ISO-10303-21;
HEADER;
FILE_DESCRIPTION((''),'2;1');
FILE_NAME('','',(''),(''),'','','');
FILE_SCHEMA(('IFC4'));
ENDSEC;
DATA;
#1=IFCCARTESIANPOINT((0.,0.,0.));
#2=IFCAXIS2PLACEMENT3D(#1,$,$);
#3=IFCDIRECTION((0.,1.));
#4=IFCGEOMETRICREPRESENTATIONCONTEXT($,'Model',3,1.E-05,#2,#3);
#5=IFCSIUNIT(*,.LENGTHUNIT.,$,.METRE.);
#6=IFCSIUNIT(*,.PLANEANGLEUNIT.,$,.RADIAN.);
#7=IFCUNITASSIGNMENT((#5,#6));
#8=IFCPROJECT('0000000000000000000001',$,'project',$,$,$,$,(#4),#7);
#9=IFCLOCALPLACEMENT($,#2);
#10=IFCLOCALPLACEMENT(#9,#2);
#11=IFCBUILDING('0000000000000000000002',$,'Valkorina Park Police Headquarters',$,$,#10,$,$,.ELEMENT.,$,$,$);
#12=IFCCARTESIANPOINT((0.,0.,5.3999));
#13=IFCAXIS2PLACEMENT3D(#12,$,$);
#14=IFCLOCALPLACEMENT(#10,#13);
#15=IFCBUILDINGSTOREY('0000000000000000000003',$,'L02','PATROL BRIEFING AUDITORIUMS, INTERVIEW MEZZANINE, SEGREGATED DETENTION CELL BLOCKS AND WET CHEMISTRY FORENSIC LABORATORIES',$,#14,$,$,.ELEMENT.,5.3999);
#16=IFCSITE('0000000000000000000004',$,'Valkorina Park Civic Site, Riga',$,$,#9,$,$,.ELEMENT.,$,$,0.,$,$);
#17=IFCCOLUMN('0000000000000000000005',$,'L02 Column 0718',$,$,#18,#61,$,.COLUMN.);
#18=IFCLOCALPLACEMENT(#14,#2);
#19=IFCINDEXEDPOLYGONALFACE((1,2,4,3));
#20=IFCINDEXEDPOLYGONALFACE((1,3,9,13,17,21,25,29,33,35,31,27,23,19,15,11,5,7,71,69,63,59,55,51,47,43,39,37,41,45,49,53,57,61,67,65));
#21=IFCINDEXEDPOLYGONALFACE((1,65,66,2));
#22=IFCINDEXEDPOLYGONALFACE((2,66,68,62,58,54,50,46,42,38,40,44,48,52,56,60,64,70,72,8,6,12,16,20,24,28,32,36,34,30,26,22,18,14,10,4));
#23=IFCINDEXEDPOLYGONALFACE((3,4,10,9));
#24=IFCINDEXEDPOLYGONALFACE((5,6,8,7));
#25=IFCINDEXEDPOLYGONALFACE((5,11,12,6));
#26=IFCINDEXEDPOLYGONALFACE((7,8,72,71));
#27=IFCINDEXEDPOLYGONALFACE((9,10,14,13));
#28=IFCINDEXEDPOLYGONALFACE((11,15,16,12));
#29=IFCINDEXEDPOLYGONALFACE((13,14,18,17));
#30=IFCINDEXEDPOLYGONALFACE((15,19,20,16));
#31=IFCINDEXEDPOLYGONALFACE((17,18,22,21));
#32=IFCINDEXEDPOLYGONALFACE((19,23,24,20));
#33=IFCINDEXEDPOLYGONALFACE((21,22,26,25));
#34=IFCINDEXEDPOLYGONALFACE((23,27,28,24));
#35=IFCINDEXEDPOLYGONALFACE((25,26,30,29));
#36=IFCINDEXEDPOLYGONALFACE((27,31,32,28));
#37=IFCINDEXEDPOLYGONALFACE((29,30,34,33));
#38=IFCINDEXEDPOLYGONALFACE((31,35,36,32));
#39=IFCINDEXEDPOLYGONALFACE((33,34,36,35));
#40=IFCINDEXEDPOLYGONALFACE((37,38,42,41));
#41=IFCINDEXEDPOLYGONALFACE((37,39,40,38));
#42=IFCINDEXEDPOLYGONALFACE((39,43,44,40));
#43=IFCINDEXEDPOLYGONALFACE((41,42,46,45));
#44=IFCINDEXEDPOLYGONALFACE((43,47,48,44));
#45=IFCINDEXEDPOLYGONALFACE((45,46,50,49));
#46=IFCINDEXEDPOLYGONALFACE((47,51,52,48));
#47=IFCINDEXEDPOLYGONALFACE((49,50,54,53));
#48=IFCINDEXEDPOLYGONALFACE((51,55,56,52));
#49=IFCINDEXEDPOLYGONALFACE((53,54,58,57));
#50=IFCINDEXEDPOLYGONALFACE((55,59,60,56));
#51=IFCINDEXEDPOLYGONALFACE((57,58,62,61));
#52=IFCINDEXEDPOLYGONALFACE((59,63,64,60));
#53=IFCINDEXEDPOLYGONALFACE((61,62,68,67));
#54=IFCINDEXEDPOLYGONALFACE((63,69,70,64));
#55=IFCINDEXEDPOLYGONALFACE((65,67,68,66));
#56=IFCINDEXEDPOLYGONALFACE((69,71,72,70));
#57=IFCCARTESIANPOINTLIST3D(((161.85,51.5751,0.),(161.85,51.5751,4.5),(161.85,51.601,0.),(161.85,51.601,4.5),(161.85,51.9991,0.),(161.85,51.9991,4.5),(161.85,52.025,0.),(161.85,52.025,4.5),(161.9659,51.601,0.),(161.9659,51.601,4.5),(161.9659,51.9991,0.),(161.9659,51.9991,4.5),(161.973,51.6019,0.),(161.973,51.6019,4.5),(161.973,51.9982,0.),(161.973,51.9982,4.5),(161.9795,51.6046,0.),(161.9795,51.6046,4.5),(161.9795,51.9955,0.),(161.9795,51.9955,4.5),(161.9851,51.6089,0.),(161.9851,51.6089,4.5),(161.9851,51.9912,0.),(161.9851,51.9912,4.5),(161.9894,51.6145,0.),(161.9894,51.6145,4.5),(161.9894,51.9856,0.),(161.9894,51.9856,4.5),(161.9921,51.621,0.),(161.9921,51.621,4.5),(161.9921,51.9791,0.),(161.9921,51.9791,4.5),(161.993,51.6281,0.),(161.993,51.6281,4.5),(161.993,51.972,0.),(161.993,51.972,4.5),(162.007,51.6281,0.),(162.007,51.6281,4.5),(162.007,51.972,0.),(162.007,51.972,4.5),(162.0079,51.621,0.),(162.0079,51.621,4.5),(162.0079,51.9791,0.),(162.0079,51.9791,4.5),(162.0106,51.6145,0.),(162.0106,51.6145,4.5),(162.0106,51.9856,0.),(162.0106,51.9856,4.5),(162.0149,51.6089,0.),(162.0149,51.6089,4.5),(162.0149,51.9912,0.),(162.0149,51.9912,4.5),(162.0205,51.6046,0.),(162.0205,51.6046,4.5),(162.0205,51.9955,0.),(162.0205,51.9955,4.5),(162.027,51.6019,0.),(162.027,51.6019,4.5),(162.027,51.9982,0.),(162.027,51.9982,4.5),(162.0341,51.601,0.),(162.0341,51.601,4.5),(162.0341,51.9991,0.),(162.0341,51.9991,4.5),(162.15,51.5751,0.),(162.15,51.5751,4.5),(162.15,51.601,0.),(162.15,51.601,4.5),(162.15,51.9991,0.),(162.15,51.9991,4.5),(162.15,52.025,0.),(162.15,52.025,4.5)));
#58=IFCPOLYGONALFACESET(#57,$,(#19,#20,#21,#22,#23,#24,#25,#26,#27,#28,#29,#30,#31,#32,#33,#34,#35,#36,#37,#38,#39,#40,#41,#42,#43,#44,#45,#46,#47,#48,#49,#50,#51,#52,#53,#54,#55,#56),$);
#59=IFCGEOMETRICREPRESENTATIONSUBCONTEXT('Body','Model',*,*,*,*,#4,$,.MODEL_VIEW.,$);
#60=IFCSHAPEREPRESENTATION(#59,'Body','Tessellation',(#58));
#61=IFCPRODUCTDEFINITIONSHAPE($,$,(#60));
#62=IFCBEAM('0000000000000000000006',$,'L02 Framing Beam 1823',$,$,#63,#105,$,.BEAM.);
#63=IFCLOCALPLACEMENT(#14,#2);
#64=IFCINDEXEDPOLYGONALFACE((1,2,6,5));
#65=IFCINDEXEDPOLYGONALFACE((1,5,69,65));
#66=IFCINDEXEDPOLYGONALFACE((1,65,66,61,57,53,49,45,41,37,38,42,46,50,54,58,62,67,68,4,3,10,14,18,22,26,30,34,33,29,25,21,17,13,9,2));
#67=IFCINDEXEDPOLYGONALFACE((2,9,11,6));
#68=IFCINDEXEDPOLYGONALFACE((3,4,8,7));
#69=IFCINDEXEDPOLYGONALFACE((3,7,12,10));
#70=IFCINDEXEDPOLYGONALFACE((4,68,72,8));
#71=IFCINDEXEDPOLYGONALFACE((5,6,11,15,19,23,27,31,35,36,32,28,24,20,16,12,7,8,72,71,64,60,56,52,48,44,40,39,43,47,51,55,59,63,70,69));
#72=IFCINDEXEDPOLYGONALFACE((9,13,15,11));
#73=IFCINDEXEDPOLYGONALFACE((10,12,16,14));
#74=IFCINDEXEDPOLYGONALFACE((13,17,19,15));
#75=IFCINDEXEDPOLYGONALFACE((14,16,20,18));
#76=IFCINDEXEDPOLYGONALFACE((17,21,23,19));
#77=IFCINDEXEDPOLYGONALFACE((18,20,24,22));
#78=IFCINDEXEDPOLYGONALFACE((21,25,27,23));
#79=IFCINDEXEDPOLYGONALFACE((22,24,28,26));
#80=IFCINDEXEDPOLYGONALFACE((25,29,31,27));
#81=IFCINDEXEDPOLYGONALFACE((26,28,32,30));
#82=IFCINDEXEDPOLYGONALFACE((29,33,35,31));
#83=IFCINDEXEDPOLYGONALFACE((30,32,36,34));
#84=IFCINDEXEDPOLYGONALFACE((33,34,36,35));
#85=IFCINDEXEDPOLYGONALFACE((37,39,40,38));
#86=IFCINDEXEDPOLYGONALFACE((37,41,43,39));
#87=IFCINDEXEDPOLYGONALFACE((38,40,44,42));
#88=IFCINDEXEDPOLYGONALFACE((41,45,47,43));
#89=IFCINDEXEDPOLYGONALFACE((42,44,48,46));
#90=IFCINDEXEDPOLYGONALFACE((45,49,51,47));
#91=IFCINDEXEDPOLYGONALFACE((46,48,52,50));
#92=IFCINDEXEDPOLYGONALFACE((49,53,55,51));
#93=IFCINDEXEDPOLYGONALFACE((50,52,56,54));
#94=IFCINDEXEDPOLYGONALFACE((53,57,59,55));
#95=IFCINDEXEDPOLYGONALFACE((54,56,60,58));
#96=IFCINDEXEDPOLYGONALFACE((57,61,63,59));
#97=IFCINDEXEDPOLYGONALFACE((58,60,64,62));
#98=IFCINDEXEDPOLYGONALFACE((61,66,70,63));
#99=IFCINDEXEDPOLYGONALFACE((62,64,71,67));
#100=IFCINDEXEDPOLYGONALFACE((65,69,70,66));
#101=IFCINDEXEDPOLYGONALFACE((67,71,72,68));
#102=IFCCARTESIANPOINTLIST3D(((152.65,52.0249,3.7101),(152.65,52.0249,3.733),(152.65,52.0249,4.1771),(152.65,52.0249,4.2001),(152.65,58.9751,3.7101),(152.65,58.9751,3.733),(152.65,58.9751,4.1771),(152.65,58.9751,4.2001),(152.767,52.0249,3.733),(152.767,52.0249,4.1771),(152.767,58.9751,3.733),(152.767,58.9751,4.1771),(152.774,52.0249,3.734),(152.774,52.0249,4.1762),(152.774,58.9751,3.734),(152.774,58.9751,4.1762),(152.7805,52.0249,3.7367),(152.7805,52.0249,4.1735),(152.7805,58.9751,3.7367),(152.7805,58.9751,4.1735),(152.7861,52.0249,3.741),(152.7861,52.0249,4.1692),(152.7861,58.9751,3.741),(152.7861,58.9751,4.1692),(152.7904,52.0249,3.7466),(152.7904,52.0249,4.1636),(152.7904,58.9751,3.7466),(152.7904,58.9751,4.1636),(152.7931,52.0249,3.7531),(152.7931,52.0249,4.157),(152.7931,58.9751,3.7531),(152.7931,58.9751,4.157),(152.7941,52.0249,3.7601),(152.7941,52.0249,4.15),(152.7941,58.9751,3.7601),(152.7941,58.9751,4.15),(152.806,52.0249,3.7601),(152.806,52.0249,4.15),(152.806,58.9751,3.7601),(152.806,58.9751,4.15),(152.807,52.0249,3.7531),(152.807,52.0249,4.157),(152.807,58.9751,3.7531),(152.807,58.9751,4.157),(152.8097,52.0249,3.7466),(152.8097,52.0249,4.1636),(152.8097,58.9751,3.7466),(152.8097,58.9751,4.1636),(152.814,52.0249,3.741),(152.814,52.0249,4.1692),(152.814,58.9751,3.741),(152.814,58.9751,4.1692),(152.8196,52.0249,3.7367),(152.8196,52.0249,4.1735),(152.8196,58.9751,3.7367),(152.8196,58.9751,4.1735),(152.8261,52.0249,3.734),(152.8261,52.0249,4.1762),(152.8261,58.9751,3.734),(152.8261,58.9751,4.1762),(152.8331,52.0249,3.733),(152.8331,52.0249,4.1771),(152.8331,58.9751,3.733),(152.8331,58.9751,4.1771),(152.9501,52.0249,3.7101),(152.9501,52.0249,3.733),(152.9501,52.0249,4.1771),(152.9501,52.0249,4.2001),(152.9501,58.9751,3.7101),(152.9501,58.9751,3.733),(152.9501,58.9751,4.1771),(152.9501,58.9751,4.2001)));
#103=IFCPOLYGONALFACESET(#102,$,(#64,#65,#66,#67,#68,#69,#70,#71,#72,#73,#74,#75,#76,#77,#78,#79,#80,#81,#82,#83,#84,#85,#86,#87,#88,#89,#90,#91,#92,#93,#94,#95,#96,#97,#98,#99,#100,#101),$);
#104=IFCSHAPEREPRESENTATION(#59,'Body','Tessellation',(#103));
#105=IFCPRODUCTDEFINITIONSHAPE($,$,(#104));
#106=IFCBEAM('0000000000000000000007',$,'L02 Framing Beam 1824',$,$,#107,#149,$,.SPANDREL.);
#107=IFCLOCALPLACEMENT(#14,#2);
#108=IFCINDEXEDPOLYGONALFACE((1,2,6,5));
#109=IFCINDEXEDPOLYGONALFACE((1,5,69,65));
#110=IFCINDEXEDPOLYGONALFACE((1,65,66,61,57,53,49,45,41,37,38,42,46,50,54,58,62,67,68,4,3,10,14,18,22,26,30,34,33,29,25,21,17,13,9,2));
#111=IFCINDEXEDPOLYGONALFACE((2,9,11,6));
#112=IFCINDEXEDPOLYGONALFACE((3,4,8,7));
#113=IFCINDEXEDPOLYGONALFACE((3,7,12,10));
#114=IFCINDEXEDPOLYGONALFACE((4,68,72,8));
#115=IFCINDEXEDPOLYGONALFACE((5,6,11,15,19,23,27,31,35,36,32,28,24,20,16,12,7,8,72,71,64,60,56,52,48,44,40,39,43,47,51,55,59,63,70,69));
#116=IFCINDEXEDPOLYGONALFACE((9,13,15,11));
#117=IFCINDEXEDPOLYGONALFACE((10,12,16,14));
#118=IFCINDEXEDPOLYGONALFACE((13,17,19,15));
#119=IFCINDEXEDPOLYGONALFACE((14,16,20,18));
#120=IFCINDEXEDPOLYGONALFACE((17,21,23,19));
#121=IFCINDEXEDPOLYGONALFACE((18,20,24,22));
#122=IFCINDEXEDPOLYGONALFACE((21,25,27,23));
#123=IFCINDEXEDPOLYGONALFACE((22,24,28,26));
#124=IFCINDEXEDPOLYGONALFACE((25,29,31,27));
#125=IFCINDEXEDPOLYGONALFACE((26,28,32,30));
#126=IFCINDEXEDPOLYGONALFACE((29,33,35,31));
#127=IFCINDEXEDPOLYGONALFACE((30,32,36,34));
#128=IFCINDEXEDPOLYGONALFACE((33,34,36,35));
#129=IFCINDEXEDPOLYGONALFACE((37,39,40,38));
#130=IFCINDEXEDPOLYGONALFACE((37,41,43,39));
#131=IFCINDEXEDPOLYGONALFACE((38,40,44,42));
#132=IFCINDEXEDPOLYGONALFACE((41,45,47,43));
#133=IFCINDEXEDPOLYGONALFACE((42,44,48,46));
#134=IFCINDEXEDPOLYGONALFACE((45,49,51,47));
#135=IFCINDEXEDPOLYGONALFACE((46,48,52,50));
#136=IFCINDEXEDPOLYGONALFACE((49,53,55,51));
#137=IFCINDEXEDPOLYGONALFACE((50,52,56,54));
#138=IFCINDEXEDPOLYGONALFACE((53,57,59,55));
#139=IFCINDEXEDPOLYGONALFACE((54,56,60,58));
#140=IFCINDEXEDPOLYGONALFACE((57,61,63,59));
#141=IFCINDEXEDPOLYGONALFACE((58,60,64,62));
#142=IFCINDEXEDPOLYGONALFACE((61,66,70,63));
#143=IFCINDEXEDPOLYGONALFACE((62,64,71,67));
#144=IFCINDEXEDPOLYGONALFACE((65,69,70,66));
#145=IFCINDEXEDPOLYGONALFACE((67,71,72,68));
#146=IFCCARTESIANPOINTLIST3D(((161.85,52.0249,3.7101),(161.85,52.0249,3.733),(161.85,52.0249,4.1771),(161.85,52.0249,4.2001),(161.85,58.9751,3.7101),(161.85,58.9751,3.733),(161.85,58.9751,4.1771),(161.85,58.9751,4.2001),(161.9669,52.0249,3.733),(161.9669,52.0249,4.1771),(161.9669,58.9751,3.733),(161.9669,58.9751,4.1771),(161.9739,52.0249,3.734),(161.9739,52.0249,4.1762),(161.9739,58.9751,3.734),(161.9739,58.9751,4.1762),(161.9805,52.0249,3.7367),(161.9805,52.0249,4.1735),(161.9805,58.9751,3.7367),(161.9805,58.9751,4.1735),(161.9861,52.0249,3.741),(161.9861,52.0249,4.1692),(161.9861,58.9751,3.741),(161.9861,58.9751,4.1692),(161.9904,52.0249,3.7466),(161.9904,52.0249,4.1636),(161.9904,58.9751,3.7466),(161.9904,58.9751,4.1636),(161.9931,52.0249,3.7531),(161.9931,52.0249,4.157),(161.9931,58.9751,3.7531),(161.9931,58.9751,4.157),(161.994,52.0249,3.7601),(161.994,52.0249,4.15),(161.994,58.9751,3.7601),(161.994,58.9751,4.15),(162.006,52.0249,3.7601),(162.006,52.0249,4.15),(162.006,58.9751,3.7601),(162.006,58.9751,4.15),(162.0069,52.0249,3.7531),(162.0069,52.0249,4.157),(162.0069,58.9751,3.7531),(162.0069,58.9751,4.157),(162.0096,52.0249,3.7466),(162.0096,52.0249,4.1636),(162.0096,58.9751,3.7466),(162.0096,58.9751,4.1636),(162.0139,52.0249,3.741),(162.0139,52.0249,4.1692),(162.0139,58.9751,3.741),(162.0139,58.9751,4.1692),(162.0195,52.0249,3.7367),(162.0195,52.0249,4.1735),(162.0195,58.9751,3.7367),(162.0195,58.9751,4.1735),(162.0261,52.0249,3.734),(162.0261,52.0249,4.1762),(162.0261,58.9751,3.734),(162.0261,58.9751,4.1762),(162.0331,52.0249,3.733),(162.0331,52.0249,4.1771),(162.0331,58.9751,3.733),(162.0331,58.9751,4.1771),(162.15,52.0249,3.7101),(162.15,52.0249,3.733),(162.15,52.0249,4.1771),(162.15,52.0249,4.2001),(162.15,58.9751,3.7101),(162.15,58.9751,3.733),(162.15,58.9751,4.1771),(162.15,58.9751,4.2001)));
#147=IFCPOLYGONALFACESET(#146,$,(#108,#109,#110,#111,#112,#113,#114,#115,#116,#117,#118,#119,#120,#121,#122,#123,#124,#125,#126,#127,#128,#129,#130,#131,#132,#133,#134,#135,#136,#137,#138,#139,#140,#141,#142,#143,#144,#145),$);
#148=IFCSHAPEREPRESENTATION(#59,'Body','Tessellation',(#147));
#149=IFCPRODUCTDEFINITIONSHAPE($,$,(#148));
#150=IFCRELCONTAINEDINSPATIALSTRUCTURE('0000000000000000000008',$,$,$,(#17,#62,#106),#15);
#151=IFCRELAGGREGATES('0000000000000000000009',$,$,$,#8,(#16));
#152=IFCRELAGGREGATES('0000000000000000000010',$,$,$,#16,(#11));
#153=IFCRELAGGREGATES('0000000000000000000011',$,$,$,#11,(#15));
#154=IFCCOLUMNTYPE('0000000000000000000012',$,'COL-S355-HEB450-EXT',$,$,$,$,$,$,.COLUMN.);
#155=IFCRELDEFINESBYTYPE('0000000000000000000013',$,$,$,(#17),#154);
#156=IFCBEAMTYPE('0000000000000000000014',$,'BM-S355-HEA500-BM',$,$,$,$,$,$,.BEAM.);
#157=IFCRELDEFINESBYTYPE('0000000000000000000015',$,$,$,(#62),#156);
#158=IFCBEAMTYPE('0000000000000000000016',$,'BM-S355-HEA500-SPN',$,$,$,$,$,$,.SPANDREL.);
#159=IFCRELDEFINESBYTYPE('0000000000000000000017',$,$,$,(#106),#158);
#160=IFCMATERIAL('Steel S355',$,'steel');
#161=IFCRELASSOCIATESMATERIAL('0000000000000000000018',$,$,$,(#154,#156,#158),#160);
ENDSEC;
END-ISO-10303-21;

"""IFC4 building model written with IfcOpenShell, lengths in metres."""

from ifc_helpers import new_model, si_unit, direction, frame, origin, origin_2d, place, context, subcontext, project, spatial, i_section, extrude, material, material_profile, profile_set, type_object, element, save


model = new_model("IFC4")

# Units and contexts
model_context = context("Model", 3, precision=1e-05, world=origin(), true_north=direction((0.0, 1.0)))
body_context = subcontext(model_context, "Body", "Model", "MODEL_VIEW")
ifc_project = project(units=[si_unit("LENGTHUNIT", "METRE"), si_unit("PLANEANGLEUNIT", "RADIAN")], contexts=[model_context])

# Site, building, storey
site_placement = place(None, origin())
site = spatial("IfcSite", under=ifc_project, at=site_placement, Name="Valkorina Park Civic Site, Riga", CompositionType="ELEMENT", RefElevation=0.0)
building_placement = place(site_placement, origin())
building = spatial("IfcBuilding", under=site, at=building_placement, Name="Valkorina Park Police Headquarters", CompositionType="ELEMENT")
storey_placement = place(building_placement, frame((0.0, 0.0, 5.3999)))
storey = spatial("IfcBuildingStorey", under=building, at=storey_placement, Name="L02", Description="PATROL BRIEFING AUDITORIUMS, INTERVIEW MEZZANINE, SEGREGATED DETENTION CELL BLOCKS AND WET CHEMISTRY FORENSIC LABORATORIES", CompositionType="ELEMENT", Elevation=5.3999)

# Column
ifc_material_1 = material(Name="Steel S355", Category="steel")
ifc_material_profile_1 = material_profile(ifc_material_1, i_section(OverallWidth=0.3, OverallDepth=0.45, WebThickness=0.0139, FlangeThickness=0.0259, FilletRadius=0.0271, at=origin_2d()), Name="HEB 450")
ifc_profile_set_1 = profile_set([ifc_material_profile_1], Name="Steel S355")
column_type = type_object("IfcColumnType", Name="COL-S355-HEB450-EXT", PredefinedType="COLUMN", material=ifc_profile_set_1)
column_placement = place(storey_placement, frame((162.0, 51.8, 0.0), z_axis=(0.0, 0.0, 1.0), x_axis=(1.0, 0.0, 0.0)))
element("IfcColumn", 1, at=column_placement, inside=storey, type_object=column_type, Name="L02 Column 0718", PredefinedType="COLUMN", context=body_context, shape_type="SweptSolid", body=[
    extrude(i_section(OverallWidth=0.3, OverallDepth=0.45, WebThickness=0.0139, FlangeThickness=0.0259, FilletRadius=0.0271, at=origin_2d()), origin(), (0.0, 0.0, 1.0), 4.5),
])

# Beams
ifc_material_profile_2 = material_profile(ifc_material_1, i_section(OverallWidth=0.3, OverallDepth=0.49, WebThickness=0.012, FlangeThickness=0.0229, FilletRadius=0.0271, at=origin_2d()), Name="HEA 500")
ifc_profile_set_2 = profile_set([ifc_material_profile_2], Name="Steel S355")
beam_type_1 = type_object("IfcBeamType", Name="BM-S355-HEA500-BM", PredefinedType="BEAM", material=ifc_profile_set_2)
beam_1_placement = place(storey_placement, frame((152.8, 52.0249, 3.9551), z_axis=(0.0, 1.0, 0.0), x_axis=(-1.0, 0.0, 0.0)))
element("IfcBeam", 2, at=beam_1_placement, inside=storey, type_object=beam_type_1, Name="L02 Framing Beam 1823", PredefinedType="BEAM", context=body_context, shape_type="SweptSolid", body=[
    extrude(i_section(OverallWidth=0.3, OverallDepth=0.49, WebThickness=0.012, FlangeThickness=0.0229, FilletRadius=0.0271, at=origin_2d()), origin(), (0.0, 0.0, 1.0), 6.9502),
])
ifc_material_profile_3 = material_profile(ifc_material_1, i_section(OverallWidth=0.3, OverallDepth=0.49, WebThickness=0.012, FlangeThickness=0.0229, FilletRadius=0.0271, at=origin_2d()), Name="HEA 500")
ifc_profile_set_3 = profile_set([ifc_material_profile_3], Name="Steel S355")
beam_type_2 = type_object("IfcBeamType", Name="BM-S355-HEA500-SPN", PredefinedType="SPANDREL", material=ifc_profile_set_3)
beam_2_placement = place(storey_placement, frame((162.0, 52.0249, 3.9551), z_axis=(0.0, 1.0, 0.0), x_axis=(-1.0, 0.0, 0.0)))
element("IfcBeam", 3, at=beam_2_placement, inside=storey, type_object=beam_type_2, Name="L02 Framing Beam 1824", PredefinedType="SPANDREL", context=body_context, shape_type="SweptSolid", body=[
    extrude(i_section(OverallWidth=0.3, OverallDepth=0.49, WebThickness=0.012, FlangeThickness=0.0229, FilletRadius=0.0271, at=origin_2d()), origin(), (0.0, 0.0, 1.0), 6.9502),
])

save(model, "model.ifc")
